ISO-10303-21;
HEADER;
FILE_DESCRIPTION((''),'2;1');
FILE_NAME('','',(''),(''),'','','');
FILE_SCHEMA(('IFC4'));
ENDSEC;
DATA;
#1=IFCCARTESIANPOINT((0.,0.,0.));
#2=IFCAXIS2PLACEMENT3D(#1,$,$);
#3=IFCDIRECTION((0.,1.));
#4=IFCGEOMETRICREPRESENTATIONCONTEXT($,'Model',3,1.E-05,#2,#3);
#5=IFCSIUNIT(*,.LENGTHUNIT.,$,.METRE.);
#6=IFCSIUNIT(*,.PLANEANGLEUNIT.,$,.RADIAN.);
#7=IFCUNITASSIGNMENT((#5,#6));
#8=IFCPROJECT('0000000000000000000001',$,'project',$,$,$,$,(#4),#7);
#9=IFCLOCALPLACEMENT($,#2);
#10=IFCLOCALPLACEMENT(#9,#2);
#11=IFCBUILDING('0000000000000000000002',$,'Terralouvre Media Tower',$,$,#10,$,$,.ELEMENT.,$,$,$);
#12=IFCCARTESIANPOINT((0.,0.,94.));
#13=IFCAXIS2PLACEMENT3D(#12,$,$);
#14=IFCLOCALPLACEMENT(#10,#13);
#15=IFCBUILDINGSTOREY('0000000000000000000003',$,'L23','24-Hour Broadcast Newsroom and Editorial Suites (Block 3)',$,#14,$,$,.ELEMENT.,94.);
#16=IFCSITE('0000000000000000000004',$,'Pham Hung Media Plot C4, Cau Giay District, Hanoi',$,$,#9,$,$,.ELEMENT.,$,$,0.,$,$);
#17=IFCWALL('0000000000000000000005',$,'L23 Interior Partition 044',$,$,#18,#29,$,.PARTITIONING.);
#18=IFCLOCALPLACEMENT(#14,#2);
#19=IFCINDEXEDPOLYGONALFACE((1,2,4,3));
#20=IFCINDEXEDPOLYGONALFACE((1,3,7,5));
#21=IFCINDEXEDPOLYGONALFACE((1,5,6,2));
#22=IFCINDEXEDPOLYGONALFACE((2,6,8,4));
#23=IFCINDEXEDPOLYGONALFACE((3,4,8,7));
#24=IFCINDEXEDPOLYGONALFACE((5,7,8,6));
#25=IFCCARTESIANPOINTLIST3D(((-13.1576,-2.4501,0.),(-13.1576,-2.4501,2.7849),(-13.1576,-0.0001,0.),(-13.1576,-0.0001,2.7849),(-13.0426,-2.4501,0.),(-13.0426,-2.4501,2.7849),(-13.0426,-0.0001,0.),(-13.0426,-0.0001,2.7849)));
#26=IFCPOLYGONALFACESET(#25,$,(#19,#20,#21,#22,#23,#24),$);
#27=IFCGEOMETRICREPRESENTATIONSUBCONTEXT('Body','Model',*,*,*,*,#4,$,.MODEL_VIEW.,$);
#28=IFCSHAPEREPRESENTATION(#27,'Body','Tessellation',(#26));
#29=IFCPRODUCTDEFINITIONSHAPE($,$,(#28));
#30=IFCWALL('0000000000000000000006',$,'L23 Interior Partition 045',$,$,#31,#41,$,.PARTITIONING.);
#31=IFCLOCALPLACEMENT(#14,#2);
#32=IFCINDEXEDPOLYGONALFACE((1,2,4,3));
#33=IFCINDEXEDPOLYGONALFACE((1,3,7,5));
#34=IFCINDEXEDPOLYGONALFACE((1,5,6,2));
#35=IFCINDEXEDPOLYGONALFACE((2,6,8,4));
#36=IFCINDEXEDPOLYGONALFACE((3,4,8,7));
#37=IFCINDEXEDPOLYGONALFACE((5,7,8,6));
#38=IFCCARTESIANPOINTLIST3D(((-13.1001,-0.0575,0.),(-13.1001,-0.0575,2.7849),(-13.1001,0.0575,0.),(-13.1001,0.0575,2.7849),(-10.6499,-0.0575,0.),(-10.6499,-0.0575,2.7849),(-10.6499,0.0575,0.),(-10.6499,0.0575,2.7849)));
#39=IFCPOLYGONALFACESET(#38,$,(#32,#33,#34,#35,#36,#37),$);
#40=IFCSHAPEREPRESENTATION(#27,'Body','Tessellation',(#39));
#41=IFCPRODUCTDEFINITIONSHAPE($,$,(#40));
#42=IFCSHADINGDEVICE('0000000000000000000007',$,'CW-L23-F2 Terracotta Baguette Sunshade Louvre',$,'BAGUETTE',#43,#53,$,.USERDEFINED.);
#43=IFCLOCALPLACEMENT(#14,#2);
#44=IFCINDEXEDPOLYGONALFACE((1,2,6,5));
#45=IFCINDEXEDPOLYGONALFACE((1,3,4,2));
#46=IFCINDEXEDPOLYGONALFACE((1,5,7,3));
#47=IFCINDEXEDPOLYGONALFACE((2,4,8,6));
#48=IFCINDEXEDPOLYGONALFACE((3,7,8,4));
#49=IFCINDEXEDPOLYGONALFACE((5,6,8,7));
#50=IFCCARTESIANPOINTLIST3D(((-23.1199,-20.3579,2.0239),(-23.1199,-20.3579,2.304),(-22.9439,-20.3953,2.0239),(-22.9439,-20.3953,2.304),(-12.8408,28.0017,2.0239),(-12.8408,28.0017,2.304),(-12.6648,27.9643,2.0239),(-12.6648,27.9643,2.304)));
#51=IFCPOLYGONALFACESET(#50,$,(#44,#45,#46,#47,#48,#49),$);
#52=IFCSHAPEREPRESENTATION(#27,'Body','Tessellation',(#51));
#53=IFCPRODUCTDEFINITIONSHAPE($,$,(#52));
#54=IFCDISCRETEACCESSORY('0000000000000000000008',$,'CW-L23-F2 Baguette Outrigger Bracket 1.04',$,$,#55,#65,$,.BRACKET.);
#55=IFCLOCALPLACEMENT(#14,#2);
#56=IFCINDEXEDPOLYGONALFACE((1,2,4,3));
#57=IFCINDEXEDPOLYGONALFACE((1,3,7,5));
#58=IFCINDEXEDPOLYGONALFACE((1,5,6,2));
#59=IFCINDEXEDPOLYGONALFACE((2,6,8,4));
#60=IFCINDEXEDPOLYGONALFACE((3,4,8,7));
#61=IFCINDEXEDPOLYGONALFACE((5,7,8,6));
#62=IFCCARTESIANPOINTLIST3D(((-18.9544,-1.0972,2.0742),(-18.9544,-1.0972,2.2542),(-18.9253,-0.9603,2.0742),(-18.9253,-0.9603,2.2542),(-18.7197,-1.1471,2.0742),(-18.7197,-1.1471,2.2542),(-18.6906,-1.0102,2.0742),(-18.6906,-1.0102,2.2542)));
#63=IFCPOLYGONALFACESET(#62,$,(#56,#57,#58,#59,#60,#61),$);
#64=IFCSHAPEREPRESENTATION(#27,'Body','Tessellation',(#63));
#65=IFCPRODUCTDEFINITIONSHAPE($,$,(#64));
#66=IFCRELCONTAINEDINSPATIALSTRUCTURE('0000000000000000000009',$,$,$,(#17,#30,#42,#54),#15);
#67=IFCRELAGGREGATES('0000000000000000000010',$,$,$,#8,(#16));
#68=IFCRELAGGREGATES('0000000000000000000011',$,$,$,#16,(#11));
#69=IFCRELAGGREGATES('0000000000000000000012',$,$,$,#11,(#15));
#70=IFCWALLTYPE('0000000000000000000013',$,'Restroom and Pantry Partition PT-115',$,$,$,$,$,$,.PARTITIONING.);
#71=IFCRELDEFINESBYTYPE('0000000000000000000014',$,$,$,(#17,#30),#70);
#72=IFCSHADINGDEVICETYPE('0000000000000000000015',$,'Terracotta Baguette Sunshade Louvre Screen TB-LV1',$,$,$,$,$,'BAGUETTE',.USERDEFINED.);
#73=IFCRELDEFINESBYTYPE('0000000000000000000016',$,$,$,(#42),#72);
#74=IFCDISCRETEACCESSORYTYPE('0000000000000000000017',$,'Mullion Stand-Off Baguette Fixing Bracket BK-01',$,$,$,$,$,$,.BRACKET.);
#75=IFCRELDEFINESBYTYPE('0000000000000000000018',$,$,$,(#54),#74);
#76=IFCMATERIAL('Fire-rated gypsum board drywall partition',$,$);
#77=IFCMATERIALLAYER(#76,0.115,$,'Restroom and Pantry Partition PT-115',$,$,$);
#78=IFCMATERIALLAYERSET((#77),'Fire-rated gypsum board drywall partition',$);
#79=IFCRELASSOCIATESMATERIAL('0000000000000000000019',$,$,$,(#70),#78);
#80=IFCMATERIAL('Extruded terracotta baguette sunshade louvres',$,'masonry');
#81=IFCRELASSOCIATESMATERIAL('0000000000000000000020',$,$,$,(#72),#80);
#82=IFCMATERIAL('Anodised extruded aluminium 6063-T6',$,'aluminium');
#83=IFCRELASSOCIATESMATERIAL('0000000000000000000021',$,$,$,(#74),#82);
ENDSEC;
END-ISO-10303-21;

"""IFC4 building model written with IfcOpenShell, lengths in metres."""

from ifc_helpers import new_model, si_unit, direction, frame, frame_2d, origin, origin_2d, place, context, subcontext, project, spatial, rectangle, extrude, material, layer, layer_set, type_object, element, save


model = new_model("IFC4")

# Units and contexts
model_context = context("Model", 3, precision=1e-05, world=origin(), true_north=direction((0.0, 1.0)))
body_context = subcontext(model_context, "Body", "Model", "MODEL_VIEW")
ifc_project = project(units=[si_unit("LENGTHUNIT", "METRE"), si_unit("PLANEANGLEUNIT", "RADIAN")], contexts=[model_context])

# Site, building, storey
site_placement = place(None, origin())
site = spatial("IfcSite", under=ifc_project, at=site_placement, Name="Pham Hung Media Plot C4, Cau Giay District, Hanoi", CompositionType="ELEMENT", RefElevation=0.0)
building_placement = place(site_placement, origin())
building = spatial("IfcBuilding", under=site, at=building_placement, Name="Terralouvre Media Tower", CompositionType="ELEMENT")
storey_placement = place(building_placement, frame((0.0, 0.0, 94.0)))
storey = spatial("IfcBuildingStorey", under=building, at=storey_placement, Name="L23", Description="24-Hour Broadcast Newsroom and Editorial Suites (Block 3)", CompositionType="ELEMENT", Elevation=94.0)

# Shared definitions
ifc_material_1 = material(Name="Fire-rated gypsum board drywall partition")
ifc_layer_1 = layer(ifc_material_1, 0.115, Name="Restroom and Pantry Partition PT-115")
ifc_layer_set_1 = layer_set([ifc_layer_1], Name="Fire-rated gypsum board drywall partition")
wall_type_1 = type_object("IfcWallType", Name="Restroom and Pantry Partition PT-115", PredefinedType="PARTITIONING", material=ifc_layer_set_1)

# Walls
wall_1_placement = place(storey_placement, frame((-13.1001, 0.0, 0.0), z_axis=(0.0, 0.0, 1.0), x_axis=(0.0, -1.0, 0.0)))
element("IfcWall", 1, at=wall_1_placement, inside=storey, type_object=wall_type_1, Name="L23 Interior Partition 044", PredefinedType="PARTITIONING", context=body_context, shape_type="SweptSolid", body=[
    extrude(rectangle(XDim=2.45, YDim=0.115, at=frame_2d((1.2251, 0.0))), origin(), (0.0, 0.0, 1.0), 2.7849),
])
wall_2_placement = place(storey_placement, frame((-10.6499, 0.0, 0.0), z_axis=(0.0, 0.0, 1.0), x_axis=(-1.0, 0.0, 0.0)))
element("IfcWall", 2, at=wall_2_placement, inside=storey, type_object=wall_type_1, Name="L23 Interior Partition 045", PredefinedType="PARTITIONING", context=body_context, shape_type="SweptSolid", body=[
    extrude(rectangle(XDim=2.4502, YDim=0.115, at=frame_2d((1.2251, 0.0))), origin(), (0.0, 0.0, 1.0), 2.7849),
])

# Shading device
ifc_material_2 = material(Name="Extruded terracotta baguette sunshade louvres", Category="masonry")
shading_device_type = type_object("IfcShadingDeviceType", Name="Terracotta Baguette Sunshade Louvre Screen TB-LV1", ElementType="BAGUETTE", PredefinedType="USERDEFINED", material=ifc_material_2)
shading_device_placement = place(storey_placement, frame((-17.8923, 3.8032, 2.0239), z_axis=(0.0, 0.0, 1.0), x_axis=(-0.207912, -0.978148, 0.0)))
element("IfcShadingDevice", 3, at=shading_device_placement, inside=storey, type_object=shading_device_type, Name="CW-L23-F2 Terracotta Baguette Sunshade Louvre", ObjectType="BAGUETTE", PredefinedType="USERDEFINED", context=body_context, shape_type="SweptSolid", body=[
    extrude(rectangle(XDim=49.4399, YDim=0.1799, at=origin_2d()), origin(), (0.0, 0.0, 1.0), 0.28),
])

# Discrete accessory
ifc_material_3 = material(Name="Anodised extruded aluminium 6063-T6", Category="aluminium")
discrete_accessory_type = type_object("IfcDiscreteAccessoryType", Name="Mullion Stand-Off Baguette Fixing Bracket BK-01", PredefinedType="BRACKET", material=ifc_material_3)
discrete_accessory_placement = place(storey_placement, frame((-18.8225, -1.0537, 2.0742), z_axis=(0.0, 0.0, 1.0), x_axis=(-0.207912, -0.978148, 0.0)))
element("IfcDiscreteAccessory", 4, at=discrete_accessory_placement, inside=storey, type_object=discrete_accessory_type, Name="CW-L23-F2 Baguette Outrigger Bracket 1.04", PredefinedType="BRACKET", context=body_context, shape_type="SweptSolid", body=[
    extrude(rectangle(XDim=0.1399, YDim=0.24, at=origin_2d()), origin(), (0.0, 0.0, 1.0), 0.1799),
])

save(model, "model.ifc")
